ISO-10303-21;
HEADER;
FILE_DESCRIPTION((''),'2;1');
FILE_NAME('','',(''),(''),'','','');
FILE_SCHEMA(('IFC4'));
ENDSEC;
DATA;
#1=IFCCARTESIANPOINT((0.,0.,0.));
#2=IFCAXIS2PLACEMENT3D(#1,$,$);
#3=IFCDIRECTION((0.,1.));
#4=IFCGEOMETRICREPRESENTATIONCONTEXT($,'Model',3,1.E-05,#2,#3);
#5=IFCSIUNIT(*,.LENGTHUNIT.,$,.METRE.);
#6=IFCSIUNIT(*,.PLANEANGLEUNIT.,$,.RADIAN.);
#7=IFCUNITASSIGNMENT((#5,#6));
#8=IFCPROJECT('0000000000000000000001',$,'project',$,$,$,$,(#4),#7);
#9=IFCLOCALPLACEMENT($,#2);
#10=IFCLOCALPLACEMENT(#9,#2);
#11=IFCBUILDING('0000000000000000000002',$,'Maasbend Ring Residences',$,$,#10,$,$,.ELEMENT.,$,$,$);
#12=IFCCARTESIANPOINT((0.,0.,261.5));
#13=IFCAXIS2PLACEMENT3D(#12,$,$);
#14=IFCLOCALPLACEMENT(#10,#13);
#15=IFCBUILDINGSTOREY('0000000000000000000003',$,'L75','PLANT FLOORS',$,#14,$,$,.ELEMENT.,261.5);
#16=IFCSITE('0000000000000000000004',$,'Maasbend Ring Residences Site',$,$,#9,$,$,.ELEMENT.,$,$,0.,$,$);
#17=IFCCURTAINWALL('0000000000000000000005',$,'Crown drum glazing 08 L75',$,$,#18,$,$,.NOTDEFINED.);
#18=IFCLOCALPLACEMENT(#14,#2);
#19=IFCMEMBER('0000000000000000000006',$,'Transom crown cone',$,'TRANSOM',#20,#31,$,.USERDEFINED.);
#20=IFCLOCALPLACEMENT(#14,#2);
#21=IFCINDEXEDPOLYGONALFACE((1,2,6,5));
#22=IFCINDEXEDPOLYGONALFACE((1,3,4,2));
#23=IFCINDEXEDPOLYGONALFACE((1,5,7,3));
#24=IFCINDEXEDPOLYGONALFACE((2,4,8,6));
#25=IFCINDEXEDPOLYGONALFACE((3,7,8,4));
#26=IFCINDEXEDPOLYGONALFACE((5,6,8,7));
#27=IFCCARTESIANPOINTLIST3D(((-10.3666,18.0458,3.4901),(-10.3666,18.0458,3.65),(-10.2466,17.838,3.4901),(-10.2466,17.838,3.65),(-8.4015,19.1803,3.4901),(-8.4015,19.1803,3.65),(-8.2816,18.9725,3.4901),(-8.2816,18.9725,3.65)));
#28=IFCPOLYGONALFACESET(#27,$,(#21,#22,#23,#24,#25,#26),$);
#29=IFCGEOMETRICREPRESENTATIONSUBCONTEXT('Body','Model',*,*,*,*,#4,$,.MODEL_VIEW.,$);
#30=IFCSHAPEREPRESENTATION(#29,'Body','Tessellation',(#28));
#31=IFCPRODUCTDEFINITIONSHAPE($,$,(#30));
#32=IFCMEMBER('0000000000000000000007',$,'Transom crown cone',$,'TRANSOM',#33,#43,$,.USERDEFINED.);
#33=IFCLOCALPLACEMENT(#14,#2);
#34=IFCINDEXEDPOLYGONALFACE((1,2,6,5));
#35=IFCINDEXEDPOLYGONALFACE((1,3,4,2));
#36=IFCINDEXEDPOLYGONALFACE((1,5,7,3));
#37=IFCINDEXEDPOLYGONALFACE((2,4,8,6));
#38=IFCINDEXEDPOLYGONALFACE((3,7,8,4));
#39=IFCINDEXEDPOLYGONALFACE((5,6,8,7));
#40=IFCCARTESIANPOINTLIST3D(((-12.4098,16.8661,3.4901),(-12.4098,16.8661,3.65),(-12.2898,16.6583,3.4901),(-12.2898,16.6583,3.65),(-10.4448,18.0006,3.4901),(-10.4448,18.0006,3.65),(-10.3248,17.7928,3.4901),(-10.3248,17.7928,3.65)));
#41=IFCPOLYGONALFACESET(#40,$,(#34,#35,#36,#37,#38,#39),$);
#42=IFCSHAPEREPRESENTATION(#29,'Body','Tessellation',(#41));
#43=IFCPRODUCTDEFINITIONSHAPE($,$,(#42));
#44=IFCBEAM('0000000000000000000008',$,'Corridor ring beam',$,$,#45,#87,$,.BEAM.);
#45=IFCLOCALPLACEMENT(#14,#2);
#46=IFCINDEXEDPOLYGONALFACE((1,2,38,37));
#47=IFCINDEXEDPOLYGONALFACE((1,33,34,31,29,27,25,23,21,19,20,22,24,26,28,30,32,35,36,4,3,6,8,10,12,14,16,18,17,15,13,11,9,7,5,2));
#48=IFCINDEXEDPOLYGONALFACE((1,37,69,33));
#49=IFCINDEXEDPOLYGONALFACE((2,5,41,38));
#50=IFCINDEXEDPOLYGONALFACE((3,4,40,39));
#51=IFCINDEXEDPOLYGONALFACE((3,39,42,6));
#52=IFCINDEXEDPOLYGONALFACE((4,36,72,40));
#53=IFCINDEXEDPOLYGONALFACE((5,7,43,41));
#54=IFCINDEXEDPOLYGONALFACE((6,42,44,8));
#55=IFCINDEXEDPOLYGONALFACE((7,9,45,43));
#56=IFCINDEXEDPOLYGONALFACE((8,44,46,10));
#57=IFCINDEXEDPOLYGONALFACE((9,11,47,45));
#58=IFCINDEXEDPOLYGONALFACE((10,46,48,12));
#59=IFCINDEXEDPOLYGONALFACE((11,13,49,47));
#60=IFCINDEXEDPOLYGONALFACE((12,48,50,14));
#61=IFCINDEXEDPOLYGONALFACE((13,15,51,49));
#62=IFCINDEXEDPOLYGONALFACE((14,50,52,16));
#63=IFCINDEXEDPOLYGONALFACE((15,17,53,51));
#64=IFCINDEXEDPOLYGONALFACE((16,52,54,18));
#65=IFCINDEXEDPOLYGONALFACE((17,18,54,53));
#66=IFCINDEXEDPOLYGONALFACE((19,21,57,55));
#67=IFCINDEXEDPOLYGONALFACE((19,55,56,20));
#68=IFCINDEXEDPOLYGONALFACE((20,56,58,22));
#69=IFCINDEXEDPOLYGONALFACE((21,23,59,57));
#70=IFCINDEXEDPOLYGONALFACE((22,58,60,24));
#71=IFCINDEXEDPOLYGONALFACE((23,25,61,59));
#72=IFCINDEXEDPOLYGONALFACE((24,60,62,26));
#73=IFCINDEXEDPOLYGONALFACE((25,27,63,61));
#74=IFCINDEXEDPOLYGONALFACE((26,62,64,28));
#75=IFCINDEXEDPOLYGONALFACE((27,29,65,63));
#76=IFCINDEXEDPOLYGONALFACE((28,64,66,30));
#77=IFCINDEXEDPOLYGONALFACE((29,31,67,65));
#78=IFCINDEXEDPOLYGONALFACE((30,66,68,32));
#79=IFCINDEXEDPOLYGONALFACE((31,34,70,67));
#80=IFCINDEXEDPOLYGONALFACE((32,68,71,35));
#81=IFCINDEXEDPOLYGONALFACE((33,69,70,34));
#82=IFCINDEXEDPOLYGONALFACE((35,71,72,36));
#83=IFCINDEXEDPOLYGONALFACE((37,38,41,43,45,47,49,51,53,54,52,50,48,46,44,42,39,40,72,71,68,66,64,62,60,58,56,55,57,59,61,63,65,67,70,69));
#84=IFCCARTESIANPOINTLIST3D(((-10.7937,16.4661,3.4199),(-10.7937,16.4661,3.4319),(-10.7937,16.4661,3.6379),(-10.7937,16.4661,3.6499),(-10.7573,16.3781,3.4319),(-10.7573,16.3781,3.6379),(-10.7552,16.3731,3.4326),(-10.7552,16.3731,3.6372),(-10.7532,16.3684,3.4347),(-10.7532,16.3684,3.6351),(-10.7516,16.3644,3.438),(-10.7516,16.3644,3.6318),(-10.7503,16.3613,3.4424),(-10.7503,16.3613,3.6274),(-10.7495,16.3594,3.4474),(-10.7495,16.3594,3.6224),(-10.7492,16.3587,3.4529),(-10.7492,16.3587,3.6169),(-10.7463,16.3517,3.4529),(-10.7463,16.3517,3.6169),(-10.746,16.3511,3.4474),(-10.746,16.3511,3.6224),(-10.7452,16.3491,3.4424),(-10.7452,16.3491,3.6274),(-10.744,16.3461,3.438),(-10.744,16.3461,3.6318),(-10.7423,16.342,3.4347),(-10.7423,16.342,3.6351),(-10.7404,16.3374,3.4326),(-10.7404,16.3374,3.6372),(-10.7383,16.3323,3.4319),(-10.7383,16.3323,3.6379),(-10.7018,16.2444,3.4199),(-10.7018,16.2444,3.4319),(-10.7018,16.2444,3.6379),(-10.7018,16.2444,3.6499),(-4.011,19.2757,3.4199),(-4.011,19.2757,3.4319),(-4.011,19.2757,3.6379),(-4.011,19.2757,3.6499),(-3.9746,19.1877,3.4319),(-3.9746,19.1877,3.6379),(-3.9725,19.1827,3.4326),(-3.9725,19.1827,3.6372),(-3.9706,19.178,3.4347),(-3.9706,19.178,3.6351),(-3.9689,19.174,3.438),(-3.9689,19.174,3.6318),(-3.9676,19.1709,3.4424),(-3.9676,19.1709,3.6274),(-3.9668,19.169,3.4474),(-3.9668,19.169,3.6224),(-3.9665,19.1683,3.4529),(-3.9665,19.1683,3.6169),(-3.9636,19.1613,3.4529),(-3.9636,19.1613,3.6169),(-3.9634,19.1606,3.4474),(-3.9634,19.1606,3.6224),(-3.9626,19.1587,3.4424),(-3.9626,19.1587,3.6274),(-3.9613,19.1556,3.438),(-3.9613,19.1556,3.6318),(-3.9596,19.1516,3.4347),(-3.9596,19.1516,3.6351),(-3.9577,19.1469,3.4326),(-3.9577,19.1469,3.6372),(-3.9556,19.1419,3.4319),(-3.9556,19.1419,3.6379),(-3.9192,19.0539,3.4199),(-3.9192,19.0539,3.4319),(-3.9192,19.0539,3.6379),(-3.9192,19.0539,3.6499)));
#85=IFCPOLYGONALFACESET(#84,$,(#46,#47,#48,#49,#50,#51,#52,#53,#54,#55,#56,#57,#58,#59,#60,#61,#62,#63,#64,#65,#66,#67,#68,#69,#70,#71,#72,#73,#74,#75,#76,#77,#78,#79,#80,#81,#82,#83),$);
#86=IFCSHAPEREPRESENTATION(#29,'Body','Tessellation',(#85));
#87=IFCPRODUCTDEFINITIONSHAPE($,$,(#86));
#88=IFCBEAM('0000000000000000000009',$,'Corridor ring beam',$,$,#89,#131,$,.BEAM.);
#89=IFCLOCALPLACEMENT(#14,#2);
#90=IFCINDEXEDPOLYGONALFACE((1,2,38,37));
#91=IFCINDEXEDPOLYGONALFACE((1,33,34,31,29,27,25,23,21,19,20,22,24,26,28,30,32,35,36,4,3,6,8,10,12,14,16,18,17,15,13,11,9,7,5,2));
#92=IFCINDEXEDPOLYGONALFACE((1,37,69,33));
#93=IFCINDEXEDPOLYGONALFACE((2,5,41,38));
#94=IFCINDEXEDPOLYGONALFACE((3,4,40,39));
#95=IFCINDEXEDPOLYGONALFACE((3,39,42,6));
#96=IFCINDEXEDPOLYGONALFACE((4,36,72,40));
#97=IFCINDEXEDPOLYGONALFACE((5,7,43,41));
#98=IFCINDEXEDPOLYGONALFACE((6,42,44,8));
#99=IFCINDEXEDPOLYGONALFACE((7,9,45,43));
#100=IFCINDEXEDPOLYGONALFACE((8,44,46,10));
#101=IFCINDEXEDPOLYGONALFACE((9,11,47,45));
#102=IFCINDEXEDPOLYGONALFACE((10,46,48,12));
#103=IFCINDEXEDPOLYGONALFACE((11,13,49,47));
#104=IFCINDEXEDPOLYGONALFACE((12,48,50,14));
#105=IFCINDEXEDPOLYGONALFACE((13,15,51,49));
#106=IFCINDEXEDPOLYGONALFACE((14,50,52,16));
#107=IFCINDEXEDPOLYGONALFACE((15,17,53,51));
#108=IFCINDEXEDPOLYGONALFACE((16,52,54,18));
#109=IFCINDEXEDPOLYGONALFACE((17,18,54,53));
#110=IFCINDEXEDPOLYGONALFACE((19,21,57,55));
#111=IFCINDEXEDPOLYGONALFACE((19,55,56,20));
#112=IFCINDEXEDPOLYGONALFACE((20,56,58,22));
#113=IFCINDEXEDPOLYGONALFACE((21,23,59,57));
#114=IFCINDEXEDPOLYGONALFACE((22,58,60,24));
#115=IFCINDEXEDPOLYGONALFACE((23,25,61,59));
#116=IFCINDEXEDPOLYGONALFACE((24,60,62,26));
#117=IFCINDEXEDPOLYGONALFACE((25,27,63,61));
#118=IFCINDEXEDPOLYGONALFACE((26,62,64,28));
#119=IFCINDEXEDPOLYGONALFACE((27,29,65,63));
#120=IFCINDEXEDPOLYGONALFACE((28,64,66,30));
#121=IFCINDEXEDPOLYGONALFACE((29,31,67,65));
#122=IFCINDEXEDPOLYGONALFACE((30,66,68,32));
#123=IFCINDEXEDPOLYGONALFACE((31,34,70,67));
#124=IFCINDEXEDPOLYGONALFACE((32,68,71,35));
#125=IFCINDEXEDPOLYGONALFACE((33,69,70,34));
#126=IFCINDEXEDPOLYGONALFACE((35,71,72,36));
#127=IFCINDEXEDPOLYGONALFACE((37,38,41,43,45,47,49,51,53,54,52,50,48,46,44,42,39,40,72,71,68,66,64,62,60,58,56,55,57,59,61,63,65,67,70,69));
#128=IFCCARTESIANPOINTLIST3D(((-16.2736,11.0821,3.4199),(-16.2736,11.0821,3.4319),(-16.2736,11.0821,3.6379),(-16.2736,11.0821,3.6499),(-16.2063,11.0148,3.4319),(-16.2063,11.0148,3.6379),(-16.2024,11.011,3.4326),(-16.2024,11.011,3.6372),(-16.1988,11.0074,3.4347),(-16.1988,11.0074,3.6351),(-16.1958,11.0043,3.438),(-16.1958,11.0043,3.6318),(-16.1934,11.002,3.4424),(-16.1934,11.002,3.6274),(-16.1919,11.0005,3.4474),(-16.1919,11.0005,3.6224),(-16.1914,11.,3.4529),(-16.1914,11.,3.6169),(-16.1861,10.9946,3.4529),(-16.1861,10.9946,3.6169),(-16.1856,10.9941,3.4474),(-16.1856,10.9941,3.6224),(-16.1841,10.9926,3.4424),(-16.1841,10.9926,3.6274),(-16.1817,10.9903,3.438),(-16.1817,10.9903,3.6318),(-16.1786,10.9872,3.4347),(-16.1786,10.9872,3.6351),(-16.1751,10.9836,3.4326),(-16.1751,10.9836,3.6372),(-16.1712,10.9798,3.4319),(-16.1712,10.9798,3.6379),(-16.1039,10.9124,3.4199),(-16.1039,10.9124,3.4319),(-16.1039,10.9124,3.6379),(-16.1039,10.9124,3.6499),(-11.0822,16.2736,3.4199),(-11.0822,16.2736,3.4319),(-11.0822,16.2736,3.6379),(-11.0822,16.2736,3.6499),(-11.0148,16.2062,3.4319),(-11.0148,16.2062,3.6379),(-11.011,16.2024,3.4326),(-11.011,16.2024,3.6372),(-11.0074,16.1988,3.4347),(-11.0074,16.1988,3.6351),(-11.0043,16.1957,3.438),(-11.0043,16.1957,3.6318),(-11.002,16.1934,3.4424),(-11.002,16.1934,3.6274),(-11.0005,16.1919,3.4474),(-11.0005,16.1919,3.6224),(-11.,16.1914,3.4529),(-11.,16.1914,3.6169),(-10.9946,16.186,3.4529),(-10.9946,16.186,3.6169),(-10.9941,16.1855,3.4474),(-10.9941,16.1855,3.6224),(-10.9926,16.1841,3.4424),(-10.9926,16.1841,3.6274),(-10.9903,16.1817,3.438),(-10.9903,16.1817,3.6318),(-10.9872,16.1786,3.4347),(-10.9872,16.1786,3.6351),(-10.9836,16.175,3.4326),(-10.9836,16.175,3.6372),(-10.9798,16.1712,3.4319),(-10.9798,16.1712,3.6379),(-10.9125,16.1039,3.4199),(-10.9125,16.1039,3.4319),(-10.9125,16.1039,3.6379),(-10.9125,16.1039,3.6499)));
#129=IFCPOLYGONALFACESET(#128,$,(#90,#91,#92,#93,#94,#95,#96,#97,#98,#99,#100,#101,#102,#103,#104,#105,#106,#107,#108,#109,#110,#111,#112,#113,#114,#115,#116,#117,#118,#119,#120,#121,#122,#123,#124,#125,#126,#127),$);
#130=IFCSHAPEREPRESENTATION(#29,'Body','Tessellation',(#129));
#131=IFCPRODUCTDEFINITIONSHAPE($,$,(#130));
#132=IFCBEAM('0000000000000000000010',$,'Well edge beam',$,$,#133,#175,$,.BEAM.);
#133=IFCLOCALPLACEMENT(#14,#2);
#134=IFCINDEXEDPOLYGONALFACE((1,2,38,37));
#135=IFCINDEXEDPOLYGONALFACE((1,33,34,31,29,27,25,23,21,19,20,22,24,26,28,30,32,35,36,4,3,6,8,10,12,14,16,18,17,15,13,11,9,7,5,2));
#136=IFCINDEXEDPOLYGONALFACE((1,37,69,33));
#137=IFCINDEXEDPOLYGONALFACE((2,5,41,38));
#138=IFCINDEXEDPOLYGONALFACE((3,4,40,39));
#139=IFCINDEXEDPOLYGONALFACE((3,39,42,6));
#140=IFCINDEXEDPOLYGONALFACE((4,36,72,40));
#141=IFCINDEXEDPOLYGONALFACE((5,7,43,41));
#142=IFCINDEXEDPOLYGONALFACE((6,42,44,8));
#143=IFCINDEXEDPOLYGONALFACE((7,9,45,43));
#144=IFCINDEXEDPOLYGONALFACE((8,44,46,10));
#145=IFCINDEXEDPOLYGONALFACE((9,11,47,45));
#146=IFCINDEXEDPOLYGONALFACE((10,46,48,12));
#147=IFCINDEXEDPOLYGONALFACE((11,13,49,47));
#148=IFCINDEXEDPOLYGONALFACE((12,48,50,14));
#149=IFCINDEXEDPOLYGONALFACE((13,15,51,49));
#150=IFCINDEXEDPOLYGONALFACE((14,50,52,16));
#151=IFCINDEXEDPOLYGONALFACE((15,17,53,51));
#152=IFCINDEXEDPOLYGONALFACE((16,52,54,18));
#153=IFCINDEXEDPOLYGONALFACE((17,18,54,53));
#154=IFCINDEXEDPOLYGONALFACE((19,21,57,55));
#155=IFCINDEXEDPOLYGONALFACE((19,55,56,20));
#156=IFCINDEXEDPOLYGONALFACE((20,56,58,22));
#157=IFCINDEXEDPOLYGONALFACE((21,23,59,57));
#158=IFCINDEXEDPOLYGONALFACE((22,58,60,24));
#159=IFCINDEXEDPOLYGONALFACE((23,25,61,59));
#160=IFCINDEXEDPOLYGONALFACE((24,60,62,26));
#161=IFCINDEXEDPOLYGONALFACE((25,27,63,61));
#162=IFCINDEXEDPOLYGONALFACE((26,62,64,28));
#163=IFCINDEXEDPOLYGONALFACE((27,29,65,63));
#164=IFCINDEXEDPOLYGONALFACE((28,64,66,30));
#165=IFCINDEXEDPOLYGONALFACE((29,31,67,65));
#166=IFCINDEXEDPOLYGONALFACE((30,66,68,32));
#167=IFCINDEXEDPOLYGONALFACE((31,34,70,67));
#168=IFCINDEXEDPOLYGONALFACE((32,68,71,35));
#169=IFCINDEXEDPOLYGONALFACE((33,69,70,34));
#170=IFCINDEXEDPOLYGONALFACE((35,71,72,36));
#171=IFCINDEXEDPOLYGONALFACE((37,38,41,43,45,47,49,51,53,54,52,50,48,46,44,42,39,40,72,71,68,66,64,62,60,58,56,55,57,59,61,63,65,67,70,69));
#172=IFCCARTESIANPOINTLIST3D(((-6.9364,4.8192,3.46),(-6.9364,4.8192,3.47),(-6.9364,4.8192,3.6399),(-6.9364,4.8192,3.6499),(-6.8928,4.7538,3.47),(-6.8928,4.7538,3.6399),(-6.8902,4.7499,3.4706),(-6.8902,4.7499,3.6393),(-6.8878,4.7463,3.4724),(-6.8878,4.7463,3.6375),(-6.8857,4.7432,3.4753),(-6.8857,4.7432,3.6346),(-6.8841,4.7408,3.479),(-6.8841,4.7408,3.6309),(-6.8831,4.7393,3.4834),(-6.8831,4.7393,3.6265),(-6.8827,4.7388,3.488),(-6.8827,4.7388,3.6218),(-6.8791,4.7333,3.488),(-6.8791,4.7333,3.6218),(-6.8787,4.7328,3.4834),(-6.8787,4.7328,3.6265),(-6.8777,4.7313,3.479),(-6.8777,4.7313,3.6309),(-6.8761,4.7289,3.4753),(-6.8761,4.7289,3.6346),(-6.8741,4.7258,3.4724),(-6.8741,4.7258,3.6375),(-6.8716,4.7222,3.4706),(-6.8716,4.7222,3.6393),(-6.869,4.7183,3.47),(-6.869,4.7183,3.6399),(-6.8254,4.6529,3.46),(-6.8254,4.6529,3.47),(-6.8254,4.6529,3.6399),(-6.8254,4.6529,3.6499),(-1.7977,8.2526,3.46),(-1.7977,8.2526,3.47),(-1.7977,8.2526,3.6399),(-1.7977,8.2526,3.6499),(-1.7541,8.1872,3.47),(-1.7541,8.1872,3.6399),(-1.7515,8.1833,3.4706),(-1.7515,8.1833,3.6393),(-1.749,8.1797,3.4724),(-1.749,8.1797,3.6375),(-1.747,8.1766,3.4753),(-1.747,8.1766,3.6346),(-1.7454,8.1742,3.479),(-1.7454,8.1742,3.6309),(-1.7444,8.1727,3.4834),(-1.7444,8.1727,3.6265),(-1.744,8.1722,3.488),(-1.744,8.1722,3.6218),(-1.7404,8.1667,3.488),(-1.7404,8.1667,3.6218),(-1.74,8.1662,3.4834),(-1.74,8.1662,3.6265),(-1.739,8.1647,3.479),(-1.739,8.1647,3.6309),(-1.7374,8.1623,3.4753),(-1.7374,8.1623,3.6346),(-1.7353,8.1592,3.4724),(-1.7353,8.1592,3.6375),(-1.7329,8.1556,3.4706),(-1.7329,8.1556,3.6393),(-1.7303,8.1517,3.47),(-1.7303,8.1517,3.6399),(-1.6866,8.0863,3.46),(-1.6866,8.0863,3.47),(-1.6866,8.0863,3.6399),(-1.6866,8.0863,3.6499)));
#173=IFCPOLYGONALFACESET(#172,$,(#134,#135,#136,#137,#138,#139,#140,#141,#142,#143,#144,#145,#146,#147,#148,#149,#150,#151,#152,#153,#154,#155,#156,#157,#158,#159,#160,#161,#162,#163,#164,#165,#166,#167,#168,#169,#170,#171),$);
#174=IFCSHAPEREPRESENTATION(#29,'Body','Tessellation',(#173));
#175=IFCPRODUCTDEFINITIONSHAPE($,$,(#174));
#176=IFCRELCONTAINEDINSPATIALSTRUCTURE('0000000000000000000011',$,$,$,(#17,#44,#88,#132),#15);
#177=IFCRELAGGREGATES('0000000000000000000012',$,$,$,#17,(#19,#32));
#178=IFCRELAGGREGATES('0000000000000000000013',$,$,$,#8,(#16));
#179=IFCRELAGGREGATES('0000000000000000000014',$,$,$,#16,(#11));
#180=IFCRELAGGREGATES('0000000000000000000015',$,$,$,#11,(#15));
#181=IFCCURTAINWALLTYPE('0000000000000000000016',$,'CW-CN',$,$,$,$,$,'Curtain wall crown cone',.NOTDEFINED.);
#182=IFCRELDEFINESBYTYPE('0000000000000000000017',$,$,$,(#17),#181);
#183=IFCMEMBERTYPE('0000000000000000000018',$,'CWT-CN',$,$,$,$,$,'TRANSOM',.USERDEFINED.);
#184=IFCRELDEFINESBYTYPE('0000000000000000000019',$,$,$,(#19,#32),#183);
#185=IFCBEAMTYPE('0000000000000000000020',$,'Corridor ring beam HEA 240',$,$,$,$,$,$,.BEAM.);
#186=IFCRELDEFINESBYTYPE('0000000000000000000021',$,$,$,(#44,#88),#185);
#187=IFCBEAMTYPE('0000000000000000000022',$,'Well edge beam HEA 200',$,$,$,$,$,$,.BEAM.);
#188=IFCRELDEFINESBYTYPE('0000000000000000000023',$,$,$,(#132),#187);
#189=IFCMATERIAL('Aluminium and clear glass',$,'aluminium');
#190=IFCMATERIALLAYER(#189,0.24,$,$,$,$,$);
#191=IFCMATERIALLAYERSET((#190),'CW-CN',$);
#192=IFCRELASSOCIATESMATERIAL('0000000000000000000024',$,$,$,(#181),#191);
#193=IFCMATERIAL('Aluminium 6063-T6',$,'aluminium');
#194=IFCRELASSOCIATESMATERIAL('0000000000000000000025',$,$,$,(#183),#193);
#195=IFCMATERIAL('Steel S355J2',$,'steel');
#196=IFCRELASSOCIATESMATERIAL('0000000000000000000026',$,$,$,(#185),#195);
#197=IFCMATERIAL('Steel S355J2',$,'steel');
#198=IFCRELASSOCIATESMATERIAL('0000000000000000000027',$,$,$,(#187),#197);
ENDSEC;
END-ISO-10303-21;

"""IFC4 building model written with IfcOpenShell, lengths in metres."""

from ifc_helpers import new_model, si_unit, direction, frame, origin, origin_2d, place, context, subcontext, project, spatial, rectangle, i_section, extrude, material, layer, layer_set, material_profile, profile_set, type_object, element, aggregate, save


model = new_model("IFC4")

# Units and contexts
model_context = context("Model", 3, precision=1e-05, world=origin(), true_north=direction((0.0, 1.0)))
body_context = subcontext(model_context, "Body", "Model", "MODEL_VIEW")
ifc_project = project(units=[si_unit("LENGTHUNIT", "METRE"), si_unit("PLANEANGLEUNIT", "RADIAN")], contexts=[model_context])

# Site, building, storey
site_placement = place(None, origin())
site = spatial("IfcSite", under=ifc_project, at=site_placement, Name="Maasbend Ring Residences Site", CompositionType="ELEMENT", RefElevation=0.0)
building_placement = place(site_placement, origin())
building = spatial("IfcBuilding", under=site, at=building_placement, Name="Maasbend Ring Residences", CompositionType="ELEMENT")
storey_placement = place(building_placement, frame((0.0, 0.0, 261.5)))
storey = spatial("IfcBuildingStorey", under=building, at=storey_placement, Name="L75", Description="PLANT FLOORS", CompositionType="ELEMENT", Elevation=261.5)

# Curtain wall
ifc_material_1 = material(Name="Aluminium and clear glass", Category="aluminium")
ifc_layer_1 = layer(ifc_material_1, 0.24)
ifc_layer_set_1 = layer_set([ifc_layer_1], Name="CW-CN")
curtain_wall_type = type_object("IfcCurtainWallType", Name="CW-CN", ElementType="Curtain wall crown cone", PredefinedType="NOTDEFINED", material=ifc_layer_set_1)
curtain_wall_1_placement = place(storey_placement, origin())
curtain_wall_1 = element("IfcCurtainWall", 1, at=curtain_wall_1_placement, inside=storey, type_object=curtain_wall_type, Name="Crown drum glazing 08 L75", PredefinedType="NOTDEFINED")

# Members
ifc_material_2 = material(Name="Aluminium 6063-T6", Category="aluminium")
ifc_material_profile_1 = material_profile(ifc_material_2, rectangle(XDim=0.24, YDim=0.1599, at=origin_2d()), Name="AL 240x160")
ifc_profile_set_1 = profile_set([ifc_material_profile_1], Name="Aluminium 6063-T6")
member_type_1 = type_object("IfcMemberType", Name="CWT-CN", ElementType="TRANSOM", PredefinedType="USERDEFINED", material=ifc_profile_set_1)
member_1_placement = place(storey_placement, frame((-8.3416, 19.0764, 3.5701), z_axis=(-0.86603, -0.499993, 0.0), x_axis=(0.499993, -0.86603, 0.0)))
member_1 = element("IfcMember", 2, at=member_1_placement, type_object=member_type_1, Name="Transom crown cone", ObjectType="TRANSOM", PredefinedType="USERDEFINED", context=body_context, shape_type="SweptSolid", body=[
    extrude(rectangle(XDim=0.24, YDim=0.1599, at=origin_2d()), origin(), (0.0, 0.0, 1.0), 2.269),
])
member_2_placement = place(storey_placement, frame((-10.3848, 17.8967, 3.5701), z_axis=(-0.86603, -0.499993, 0.0), x_axis=(0.499993, -0.86603, 0.0)))
member_2 = element("IfcMember", 3, at=member_2_placement, type_object=member_type_1, Name="Transom crown cone", ObjectType="TRANSOM", PredefinedType="USERDEFINED", context=body_context, shape_type="SweptSolid", body=[
    extrude(rectangle(XDim=0.24, YDim=0.1599, at=origin_2d()), origin(), (0.0, 0.0, 1.0), 2.269),
])

# Beams
ifc_material_3 = material(Name="Steel S355J2", Category="steel")
ifc_material_profile_2 = material_profile(ifc_material_3, i_section(OverallWidth=0.24, OverallDepth=0.23, WebThickness=0.0076, FlangeThickness=0.012, FilletRadius=0.021, at=origin_2d()), Name="HEA 240")
ifc_profile_set_2 = profile_set([ifc_material_profile_2], Name="Steel S355J2")
beam_type_1 = type_object("IfcBeamType", Name="Corridor ring beam HEA 240", PredefinedType="BEAM", material=ifc_profile_set_2)
beam_1_placement = place(storey_placement, frame((-3.9651, 19.1648, 3.5349), z_axis=(-0.923876, -0.382692, 0.0), x_axis=(0.382692, -0.923876, 0.0)))
element("IfcBeam", 4, at=beam_1_placement, inside=storey, type_object=beam_type_1, Name="Corridor ring beam", PredefinedType="BEAM", context=body_context, shape_type="SweptSolid", body=[
    extrude(i_section(OverallWidth=0.24, OverallDepth=0.23, WebThickness=0.0076, FlangeThickness=0.012, FilletRadius=0.021, at=origin_2d()), origin(), (0.0, 0.0, 1.0), 7.3416),
])
beam_2_placement = place(storey_placement, frame((-10.9973, 16.1887, 3.5349), z_axis=(-0.707107, -0.707107, 0.0), x_axis=(0.707107, -0.707107, 0.0)))
element("IfcBeam", 5, at=beam_2_placement, inside=storey, type_object=beam_type_1, Name="Corridor ring beam", PredefinedType="BEAM", context=body_context, shape_type="SweptSolid", body=[
    extrude(i_section(OverallWidth=0.24, OverallDepth=0.23, WebThickness=0.0076, FlangeThickness=0.012, FilletRadius=0.021, at=origin_2d()), origin(), (0.0, 0.0, 1.0), 7.3418),
])
ifc_material_4 = material(Name="Steel S355J2", Category="steel")
ifc_material_profile_3 = material_profile(ifc_material_4, i_section(OverallWidth=0.2, OverallDepth=0.1899, WebThickness=0.0066, FlangeThickness=0.01, FilletRadius=0.0181, at=origin_2d()), Name="HEA 200")
ifc_profile_set_3 = profile_set([ifc_material_profile_3], Name="Steel S355J2")
beam_type_2 = type_object("IfcBeamType", Name="Well edge beam HEA 200", PredefinedType="BEAM", material=ifc_profile_set_3)
beam_3_placement = place(storey_placement, frame((-1.7422, 8.1694, 3.5549), z_axis=(-0.831485, -0.555548, 0.0), x_axis=(0.555548, -0.831485, 0.0)))
element("IfcBeam", 6, at=beam_3_placement, inside=storey, type_object=beam_type_2, Name="Well edge beam", PredefinedType="BEAM", context=body_context, shape_type="SweptSolid", body=[
    extrude(i_section(OverallWidth=0.2, OverallDepth=0.1899, WebThickness=0.0066, FlangeThickness=0.01, FilletRadius=0.0181, at=origin_2d()), origin(), (0.0, 0.0, 1.0), 6.1802),
])

aggregate(curtain_wall_1, [member_1, member_2])

save(model, "model.ifc")
